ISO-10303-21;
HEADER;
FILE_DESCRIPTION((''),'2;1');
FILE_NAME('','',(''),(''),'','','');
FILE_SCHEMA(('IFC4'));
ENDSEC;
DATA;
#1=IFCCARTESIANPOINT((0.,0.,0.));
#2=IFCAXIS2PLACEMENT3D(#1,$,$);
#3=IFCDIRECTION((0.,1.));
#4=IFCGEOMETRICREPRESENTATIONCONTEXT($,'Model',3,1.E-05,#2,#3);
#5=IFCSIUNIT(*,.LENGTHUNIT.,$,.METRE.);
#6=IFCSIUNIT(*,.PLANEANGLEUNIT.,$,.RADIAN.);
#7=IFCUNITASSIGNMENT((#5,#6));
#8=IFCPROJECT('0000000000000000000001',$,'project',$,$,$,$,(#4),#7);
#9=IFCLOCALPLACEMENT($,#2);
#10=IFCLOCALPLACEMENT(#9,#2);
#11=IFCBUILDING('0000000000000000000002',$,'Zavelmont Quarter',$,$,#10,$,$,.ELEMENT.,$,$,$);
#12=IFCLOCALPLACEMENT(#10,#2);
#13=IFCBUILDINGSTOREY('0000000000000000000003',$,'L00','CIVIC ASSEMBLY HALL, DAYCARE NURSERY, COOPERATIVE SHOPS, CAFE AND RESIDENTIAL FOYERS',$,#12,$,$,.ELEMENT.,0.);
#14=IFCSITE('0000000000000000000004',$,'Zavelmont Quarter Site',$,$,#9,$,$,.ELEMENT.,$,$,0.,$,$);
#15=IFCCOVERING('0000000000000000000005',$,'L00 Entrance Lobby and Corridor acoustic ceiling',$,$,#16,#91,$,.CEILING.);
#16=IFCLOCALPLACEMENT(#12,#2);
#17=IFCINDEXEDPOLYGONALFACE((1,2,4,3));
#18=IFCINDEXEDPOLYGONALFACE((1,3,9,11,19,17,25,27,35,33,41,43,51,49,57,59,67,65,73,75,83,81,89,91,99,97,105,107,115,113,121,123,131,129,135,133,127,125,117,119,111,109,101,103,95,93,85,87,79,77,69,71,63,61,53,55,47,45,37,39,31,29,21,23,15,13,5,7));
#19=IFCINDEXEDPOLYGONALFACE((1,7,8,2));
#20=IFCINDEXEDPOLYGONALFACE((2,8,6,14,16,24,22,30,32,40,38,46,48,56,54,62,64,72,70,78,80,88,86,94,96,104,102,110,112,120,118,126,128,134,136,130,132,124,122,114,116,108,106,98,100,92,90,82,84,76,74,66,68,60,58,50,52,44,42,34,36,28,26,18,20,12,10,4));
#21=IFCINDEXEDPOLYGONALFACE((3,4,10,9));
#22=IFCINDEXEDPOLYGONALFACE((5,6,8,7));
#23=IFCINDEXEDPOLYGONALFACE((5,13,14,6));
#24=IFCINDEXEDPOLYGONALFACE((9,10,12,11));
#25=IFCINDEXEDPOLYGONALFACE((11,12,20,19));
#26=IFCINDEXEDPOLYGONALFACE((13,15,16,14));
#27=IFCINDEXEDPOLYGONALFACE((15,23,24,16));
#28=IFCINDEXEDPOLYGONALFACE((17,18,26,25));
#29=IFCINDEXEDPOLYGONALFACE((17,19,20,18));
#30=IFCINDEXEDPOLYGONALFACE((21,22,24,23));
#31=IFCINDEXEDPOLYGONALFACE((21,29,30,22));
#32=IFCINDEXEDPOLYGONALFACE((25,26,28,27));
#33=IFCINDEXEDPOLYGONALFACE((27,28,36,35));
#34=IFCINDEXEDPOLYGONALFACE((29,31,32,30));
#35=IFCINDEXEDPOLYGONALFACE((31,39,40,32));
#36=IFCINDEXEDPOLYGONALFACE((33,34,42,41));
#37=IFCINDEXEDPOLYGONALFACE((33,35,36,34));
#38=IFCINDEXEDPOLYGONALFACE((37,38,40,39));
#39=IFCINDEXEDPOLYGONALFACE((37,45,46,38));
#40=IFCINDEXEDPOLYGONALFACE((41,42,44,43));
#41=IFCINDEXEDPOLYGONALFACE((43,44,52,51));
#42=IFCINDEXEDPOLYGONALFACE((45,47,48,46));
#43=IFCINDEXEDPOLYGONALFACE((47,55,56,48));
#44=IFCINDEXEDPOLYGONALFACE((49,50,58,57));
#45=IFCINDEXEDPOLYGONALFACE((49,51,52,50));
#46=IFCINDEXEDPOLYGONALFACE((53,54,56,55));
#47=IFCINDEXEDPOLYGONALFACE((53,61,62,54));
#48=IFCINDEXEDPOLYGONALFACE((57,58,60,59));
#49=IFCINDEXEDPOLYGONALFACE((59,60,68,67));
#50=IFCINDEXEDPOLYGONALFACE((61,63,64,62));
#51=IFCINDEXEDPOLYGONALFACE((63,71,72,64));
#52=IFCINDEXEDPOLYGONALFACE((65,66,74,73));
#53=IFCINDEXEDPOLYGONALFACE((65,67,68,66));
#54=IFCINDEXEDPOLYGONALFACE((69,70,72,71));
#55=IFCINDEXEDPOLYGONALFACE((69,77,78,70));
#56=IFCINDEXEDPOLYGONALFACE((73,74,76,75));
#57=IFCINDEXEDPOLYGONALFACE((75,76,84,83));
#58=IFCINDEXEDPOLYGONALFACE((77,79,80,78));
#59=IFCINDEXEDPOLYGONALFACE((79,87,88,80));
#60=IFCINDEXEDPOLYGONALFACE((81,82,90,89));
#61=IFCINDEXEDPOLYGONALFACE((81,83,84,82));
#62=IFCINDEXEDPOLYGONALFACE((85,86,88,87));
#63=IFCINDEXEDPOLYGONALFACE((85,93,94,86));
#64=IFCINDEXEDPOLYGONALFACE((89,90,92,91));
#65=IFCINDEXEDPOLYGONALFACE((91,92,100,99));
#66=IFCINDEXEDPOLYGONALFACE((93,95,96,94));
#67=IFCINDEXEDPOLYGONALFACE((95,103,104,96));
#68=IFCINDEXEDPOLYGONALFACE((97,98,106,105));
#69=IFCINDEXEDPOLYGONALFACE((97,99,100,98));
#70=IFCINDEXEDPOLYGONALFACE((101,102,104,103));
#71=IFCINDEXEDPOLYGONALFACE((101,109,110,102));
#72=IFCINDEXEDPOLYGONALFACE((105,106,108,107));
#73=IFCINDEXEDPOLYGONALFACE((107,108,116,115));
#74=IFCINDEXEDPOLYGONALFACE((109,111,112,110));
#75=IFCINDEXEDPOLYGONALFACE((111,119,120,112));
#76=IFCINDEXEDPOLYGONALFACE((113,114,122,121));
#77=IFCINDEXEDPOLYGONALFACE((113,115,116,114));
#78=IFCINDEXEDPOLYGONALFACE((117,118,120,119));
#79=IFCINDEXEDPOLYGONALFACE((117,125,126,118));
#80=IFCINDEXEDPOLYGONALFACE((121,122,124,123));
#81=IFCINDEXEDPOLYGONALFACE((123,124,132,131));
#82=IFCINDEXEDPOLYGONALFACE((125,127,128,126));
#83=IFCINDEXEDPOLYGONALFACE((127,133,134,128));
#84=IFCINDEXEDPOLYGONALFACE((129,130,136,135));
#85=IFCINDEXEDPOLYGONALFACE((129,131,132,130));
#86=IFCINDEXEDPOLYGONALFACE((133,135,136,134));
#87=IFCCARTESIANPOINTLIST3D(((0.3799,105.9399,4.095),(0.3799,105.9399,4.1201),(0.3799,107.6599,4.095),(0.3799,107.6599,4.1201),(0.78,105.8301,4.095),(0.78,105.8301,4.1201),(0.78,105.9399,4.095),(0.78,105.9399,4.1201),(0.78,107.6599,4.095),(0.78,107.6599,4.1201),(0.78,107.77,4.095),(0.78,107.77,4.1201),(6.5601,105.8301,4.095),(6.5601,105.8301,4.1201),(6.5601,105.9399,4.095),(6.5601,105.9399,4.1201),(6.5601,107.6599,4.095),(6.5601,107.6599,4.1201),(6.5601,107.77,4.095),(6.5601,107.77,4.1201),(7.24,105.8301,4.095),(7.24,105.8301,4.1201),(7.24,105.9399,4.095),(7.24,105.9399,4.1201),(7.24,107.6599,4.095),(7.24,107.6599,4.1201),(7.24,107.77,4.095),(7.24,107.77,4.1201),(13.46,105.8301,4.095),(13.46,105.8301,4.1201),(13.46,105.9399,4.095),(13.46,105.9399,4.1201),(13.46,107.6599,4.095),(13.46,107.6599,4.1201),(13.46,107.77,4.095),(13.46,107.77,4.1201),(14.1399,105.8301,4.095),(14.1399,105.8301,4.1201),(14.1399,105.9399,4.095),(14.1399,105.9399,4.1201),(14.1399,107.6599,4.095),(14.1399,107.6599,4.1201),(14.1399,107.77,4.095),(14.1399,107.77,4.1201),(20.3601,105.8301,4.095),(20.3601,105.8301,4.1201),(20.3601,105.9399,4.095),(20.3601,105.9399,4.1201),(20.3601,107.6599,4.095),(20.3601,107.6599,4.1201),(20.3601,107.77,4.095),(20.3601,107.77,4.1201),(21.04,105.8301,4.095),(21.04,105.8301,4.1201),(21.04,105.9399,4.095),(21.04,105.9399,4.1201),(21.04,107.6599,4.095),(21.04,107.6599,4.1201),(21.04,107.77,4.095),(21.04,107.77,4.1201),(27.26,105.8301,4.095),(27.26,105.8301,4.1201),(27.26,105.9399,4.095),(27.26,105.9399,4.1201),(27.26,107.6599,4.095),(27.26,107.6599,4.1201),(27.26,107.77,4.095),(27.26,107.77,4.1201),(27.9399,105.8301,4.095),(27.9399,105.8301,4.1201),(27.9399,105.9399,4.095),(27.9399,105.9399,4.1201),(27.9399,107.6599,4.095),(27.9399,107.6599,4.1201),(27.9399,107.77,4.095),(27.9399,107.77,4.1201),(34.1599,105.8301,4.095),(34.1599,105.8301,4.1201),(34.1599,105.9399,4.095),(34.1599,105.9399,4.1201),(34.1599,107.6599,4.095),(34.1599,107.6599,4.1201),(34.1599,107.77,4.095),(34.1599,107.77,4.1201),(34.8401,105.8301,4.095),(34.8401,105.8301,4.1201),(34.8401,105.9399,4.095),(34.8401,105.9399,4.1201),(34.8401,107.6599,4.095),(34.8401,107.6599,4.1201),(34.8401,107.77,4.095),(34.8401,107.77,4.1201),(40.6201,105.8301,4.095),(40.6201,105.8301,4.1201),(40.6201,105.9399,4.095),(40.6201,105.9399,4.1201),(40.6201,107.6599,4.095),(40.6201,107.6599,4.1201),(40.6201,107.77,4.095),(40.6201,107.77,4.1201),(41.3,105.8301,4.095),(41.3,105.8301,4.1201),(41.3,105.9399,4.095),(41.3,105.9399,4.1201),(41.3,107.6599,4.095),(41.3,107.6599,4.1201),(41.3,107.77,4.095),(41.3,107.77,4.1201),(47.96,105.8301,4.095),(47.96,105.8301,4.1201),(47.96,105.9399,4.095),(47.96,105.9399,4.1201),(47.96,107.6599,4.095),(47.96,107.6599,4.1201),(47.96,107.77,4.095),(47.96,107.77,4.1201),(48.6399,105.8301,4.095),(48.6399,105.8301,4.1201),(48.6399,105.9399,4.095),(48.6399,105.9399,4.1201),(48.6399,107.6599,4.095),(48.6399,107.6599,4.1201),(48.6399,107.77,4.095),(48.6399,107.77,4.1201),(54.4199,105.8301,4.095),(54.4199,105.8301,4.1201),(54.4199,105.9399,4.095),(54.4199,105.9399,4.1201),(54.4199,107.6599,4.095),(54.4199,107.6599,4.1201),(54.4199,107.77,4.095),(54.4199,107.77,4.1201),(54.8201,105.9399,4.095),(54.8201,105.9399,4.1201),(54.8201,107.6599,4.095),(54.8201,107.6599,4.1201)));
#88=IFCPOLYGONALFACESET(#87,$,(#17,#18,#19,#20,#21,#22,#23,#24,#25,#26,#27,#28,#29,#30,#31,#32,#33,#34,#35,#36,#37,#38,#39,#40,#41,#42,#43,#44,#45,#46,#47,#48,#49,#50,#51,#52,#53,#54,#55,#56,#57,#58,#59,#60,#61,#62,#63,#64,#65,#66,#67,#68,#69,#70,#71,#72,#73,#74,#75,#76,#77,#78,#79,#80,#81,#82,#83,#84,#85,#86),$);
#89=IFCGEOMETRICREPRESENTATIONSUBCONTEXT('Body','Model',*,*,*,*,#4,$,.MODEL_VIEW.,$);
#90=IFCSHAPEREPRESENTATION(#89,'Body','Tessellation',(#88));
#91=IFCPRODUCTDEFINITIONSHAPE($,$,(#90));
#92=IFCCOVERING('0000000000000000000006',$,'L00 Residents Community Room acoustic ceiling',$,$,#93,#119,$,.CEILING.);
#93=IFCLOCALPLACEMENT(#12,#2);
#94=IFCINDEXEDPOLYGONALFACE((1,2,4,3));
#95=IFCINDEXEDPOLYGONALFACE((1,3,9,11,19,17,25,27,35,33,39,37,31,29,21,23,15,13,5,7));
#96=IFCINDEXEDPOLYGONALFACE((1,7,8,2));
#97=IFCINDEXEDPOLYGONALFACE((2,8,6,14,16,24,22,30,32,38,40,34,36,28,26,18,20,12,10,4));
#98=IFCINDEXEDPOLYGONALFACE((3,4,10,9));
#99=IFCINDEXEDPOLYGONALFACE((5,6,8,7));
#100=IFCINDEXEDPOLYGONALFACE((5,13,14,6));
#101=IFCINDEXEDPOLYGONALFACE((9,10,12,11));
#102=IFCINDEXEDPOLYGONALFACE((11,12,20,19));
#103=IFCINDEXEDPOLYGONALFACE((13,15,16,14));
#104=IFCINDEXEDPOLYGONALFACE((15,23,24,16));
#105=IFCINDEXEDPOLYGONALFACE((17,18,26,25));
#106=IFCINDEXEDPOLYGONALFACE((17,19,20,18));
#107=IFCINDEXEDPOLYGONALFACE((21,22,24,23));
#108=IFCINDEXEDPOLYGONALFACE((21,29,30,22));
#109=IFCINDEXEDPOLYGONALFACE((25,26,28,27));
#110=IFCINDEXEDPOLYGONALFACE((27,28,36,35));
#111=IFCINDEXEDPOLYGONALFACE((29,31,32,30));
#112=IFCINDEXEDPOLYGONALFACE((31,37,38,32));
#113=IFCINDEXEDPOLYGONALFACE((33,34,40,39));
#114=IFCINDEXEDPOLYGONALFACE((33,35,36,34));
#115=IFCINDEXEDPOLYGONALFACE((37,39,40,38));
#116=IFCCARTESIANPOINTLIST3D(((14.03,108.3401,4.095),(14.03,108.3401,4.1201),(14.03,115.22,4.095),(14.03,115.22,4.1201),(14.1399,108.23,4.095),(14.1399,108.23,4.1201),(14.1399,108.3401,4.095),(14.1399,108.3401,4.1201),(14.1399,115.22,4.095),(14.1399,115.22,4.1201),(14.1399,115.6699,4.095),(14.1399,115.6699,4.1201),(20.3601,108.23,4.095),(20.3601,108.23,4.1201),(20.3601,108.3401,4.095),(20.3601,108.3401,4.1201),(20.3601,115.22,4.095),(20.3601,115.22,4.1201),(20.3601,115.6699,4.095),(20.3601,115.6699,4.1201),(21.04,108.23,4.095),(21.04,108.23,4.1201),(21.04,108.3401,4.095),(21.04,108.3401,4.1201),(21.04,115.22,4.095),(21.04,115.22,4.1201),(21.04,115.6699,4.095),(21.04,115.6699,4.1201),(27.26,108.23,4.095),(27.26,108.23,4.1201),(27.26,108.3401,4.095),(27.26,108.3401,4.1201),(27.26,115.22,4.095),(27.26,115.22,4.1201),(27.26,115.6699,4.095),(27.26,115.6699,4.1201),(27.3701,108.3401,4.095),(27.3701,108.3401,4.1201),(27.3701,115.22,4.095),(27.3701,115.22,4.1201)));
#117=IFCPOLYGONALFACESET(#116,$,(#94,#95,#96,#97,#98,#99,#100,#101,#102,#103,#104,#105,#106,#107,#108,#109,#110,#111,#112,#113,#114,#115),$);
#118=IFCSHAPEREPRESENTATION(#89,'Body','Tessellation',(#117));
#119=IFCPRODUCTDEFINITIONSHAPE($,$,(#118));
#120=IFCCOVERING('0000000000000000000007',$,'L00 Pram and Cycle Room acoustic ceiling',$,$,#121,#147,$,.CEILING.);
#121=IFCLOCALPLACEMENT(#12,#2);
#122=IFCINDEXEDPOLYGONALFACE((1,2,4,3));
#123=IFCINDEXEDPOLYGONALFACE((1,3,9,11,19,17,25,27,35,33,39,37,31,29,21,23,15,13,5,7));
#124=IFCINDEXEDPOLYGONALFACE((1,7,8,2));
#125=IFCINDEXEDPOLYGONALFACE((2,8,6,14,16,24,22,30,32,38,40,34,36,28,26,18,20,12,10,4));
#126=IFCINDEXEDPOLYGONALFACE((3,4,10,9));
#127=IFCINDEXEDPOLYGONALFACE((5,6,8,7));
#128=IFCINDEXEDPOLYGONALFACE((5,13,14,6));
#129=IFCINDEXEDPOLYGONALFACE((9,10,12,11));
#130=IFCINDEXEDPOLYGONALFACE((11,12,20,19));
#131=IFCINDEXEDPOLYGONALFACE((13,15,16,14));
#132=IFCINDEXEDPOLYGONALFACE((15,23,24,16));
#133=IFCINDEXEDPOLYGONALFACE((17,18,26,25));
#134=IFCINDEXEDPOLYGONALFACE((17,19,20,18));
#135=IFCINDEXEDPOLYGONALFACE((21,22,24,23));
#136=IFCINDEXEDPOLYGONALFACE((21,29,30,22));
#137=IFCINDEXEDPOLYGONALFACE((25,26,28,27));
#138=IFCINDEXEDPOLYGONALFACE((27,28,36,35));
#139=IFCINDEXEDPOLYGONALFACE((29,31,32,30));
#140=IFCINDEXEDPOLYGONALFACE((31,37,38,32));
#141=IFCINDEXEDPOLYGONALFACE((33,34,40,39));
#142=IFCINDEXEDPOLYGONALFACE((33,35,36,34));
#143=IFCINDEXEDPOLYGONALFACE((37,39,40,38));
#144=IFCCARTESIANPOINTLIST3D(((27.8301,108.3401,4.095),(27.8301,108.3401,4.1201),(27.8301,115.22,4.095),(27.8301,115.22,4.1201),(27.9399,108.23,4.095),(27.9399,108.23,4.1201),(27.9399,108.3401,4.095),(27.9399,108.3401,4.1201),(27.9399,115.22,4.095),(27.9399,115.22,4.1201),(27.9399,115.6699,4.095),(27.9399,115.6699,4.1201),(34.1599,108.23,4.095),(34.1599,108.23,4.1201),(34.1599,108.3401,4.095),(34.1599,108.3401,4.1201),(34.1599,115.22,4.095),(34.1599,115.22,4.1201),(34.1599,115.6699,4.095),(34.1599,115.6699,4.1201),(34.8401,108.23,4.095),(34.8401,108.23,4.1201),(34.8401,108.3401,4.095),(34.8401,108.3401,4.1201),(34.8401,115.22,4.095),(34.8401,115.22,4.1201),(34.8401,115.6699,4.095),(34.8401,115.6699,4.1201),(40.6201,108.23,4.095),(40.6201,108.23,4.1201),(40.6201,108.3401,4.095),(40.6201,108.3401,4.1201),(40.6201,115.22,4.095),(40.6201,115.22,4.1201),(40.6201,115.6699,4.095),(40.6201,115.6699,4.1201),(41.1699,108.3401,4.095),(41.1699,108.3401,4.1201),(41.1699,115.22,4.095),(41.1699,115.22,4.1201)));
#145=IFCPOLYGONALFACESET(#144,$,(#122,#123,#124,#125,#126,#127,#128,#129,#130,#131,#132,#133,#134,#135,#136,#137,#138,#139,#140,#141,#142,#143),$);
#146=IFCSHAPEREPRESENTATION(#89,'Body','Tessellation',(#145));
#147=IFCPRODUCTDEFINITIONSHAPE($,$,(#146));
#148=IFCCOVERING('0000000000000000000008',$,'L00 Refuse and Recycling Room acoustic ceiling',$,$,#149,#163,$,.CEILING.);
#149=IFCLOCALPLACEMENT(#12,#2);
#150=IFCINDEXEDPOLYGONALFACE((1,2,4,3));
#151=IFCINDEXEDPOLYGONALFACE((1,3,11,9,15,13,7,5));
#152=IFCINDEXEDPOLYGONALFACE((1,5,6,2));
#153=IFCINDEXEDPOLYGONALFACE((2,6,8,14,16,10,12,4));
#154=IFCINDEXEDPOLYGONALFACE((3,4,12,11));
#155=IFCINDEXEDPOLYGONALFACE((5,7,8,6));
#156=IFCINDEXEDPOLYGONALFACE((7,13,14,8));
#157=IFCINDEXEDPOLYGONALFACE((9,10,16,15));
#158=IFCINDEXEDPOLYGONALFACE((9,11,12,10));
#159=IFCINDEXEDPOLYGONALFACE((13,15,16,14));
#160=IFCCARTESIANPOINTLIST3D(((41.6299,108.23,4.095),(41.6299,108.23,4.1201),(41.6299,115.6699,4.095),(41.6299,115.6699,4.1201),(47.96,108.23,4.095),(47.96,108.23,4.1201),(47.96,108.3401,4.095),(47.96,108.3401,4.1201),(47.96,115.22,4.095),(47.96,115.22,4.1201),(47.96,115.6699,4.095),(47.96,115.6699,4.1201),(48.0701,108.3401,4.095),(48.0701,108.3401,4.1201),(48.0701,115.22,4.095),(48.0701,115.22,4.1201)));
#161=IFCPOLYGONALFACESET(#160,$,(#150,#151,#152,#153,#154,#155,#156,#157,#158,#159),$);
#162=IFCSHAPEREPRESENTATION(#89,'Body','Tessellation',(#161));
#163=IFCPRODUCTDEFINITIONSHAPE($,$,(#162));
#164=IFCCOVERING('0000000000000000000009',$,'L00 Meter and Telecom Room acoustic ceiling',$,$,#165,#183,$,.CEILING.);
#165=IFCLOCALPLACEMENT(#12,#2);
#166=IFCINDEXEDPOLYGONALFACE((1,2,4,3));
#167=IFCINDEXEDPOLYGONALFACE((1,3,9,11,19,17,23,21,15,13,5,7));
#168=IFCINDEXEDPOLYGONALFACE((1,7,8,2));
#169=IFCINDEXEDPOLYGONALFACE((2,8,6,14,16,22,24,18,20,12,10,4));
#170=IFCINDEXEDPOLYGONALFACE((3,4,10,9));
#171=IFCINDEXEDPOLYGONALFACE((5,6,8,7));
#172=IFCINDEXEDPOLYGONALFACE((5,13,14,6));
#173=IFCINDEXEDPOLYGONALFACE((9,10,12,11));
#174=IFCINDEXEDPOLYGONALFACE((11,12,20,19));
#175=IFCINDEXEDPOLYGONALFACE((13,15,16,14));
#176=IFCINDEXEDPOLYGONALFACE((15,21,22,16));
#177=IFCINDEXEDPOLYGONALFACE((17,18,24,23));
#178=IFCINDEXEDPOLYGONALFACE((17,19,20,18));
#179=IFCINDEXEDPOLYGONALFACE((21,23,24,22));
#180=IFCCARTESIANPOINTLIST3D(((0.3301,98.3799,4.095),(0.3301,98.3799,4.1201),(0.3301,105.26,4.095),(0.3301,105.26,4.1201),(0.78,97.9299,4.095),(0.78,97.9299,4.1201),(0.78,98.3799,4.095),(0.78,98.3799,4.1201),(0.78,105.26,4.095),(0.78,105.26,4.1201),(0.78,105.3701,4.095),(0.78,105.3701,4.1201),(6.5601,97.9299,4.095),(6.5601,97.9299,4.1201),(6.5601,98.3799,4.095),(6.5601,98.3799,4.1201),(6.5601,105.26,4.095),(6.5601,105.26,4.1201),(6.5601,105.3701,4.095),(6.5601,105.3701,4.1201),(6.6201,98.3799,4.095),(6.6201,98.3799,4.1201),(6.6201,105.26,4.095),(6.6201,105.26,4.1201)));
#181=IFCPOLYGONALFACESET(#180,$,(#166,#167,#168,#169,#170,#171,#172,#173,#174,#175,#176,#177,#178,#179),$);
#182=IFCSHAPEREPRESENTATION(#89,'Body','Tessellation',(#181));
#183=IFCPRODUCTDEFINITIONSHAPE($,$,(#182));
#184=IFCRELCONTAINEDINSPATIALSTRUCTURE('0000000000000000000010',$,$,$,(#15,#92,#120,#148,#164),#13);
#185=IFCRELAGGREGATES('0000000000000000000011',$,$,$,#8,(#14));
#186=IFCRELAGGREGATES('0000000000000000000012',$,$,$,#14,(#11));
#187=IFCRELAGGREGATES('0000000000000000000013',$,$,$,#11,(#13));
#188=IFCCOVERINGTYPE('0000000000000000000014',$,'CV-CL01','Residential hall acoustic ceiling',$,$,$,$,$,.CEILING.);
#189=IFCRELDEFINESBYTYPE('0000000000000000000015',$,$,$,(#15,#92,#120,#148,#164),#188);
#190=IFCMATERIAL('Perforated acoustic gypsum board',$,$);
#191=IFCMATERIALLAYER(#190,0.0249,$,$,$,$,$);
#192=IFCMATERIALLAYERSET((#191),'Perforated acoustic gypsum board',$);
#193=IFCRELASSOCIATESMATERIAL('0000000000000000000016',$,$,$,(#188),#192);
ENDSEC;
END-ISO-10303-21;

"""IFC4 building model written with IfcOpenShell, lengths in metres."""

from ifc_helpers import new_model, si_unit, direction, frame, origin, place, context, subcontext, project, spatial, polyline, outline, extrude, material, layer, layer_set, type_object, element, save


model = new_model("IFC4")

# Units and contexts
model_context = context("Model", 3, precision=1e-05, world=origin(), true_north=direction((0.0, 1.0)))
body_context = subcontext(model_context, "Body", "Model", "MODEL_VIEW")
ifc_project = project(units=[si_unit("LENGTHUNIT", "METRE"), si_unit("PLANEANGLEUNIT", "RADIAN")], contexts=[model_context])

# Site, building, storey
site_placement = place(None, origin())
site = spatial("IfcSite", under=ifc_project, at=site_placement, Name="Zavelmont Quarter Site", CompositionType="ELEMENT", RefElevation=0.0)
building_placement = place(site_placement, origin())
building = spatial("IfcBuilding", under=site, at=building_placement, Name="Zavelmont Quarter", CompositionType="ELEMENT")
storey_placement = place(building_placement, origin())
storey = spatial("IfcBuildingStorey", under=building, at=storey_placement, Name="L00", Description="CIVIC ASSEMBLY HALL, DAYCARE NURSERY, COOPERATIVE SHOPS, CAFE AND RESIDENTIAL FOYERS", CompositionType="ELEMENT", Elevation=0.0)

# Coverings
ifc_material_1 = material(Name="Perforated acoustic gypsum board")
ifc_layer_1 = layer(ifc_material_1, 0.0249)
ifc_layer_set_1 = layer_set([ifc_layer_1], Name="Perforated acoustic gypsum board")
covering_type_1 = type_object("IfcCoveringType", Name="CV-CL01", Description="Residential hall acoustic ceiling", PredefinedType="CEILING", material=ifc_layer_set_1)
covering_1_placement = place(storey_placement, frame((0.0, 0.0, 4.095)))
element("IfcCovering", 1, at=covering_1_placement, inside=storey, type_object=covering_type_1, Name="L00 Entrance Lobby and Corridor acoustic ceiling", PredefinedType="CEILING", context=body_context, shape_type="SweptSolid", body=[
    extrude(outline(polyline([(0.3799, 107.6599), (0.78, 107.6599), (0.78, 107.77), (6.5601, 107.77), (6.5601, 107.6599), (7.24, 107.6599), (7.24, 107.77), (13.46, 107.77), (13.46, 107.6599), (14.1399, 107.6599), (14.1399, 107.77), (20.3601, 107.77), (20.3601, 107.6599), (21.04, 107.6599), (21.04, 107.77), (27.26, 107.77), (27.26, 107.6599), (27.9399, 107.6599), (27.9399, 107.77), (34.1599, 107.77), (34.1599, 107.6599), (34.8401, 107.6599), (34.8401, 107.77), (40.6201, 107.77), (40.6201, 107.6599), (41.3, 107.6599), (41.3, 107.77), (47.96, 107.77), (47.96, 107.6599), (48.6399, 107.6599), (48.6399, 107.77), (54.4199, 107.77), (54.4199, 107.6599), (54.8201, 107.6599), (54.8201, 105.9399), (54.4199, 105.9399), (54.4199, 105.8301), (48.6399, 105.8301), (48.6399, 105.9399), (47.96, 105.9399), (47.96, 105.8301), (41.3, 105.8301), (41.3, 105.9399), (40.6201, 105.9399), (40.6201, 105.8301), (34.8401, 105.8301), (34.8401, 105.9399), (34.1599, 105.9399), (34.1599, 105.8301), (27.9399, 105.8301), (27.9399, 105.9399), (27.26, 105.9399), (27.26, 105.8301), (21.04, 105.8301), (21.04, 105.9399), (20.3601, 105.9399), (20.3601, 105.8301), (14.1399, 105.8301), (14.1399, 105.9399), (13.46, 105.9399), (13.46, 105.8301), (7.24, 105.8301), (7.24, 105.9399), (6.5601, 105.9399), (6.5601, 105.8301), (0.78, 105.8301), (0.78, 105.9399), (0.3799, 105.9399), (0.3799, 107.6599)])), origin(), (0.0, 0.0, 1.0), 0.0251),
])
covering_2_placement = place(storey_placement, frame((0.0, 0.0, 4.095)))
element("IfcCovering", 2, at=covering_2_placement, inside=storey, type_object=covering_type_1, Name="L00 Residents Community Room acoustic ceiling", PredefinedType="CEILING", context=body_context, shape_type="SweptSolid", body=[
    extrude(outline(polyline([(14.03, 115.22), (14.1399, 115.22), (14.1399, 115.6699), (20.3601, 115.6699), (20.3601, 115.22), (21.04, 115.22), (21.04, 115.6699), (27.26, 115.6699), (27.26, 115.22), (27.3701, 115.22), (27.3701, 108.3401), (27.26, 108.3401), (27.26, 108.23), (21.04, 108.23), (21.04, 108.3401), (20.3601, 108.3401), (20.3601, 108.23), (14.1399, 108.23), (14.1399, 108.3401), (14.03, 108.3401), (14.03, 115.22)])), origin(), (0.0, 0.0, 1.0), 0.0251),
])
covering_3_placement = place(storey_placement, frame((0.0, 0.0, 4.095)))
element("IfcCovering", 3, at=covering_3_placement, inside=storey, type_object=covering_type_1, Name="L00 Pram and Cycle Room acoustic ceiling", PredefinedType="CEILING", context=body_context, shape_type="SweptSolid", body=[
    extrude(outline(polyline([(27.8301, 115.22), (27.9399, 115.22), (27.9399, 115.6699), (34.1599, 115.6699), (34.1599, 115.22), (34.8401, 115.22), (34.8401, 115.6699), (40.6201, 115.6699), (40.6201, 115.22), (41.1699, 115.22), (41.1699, 108.3401), (40.6201, 108.3401), (40.6201, 108.23), (34.8401, 108.23), (34.8401, 108.3401), (34.1599, 108.3401), (34.1599, 108.23), (27.9399, 108.23), (27.9399, 108.3401), (27.8301, 108.3401), (27.8301, 115.22)])), origin(), (0.0, 0.0, 1.0), 0.0251),
])
covering_4_placement = place(storey_placement, frame((0.0, 0.0, 4.095)))
element("IfcCovering", 4, at=covering_4_placement, inside=storey, type_object=covering_type_1, Name="L00 Refuse and Recycling Room acoustic ceiling", PredefinedType="CEILING", context=body_context, shape_type="SweptSolid", body=[
    extrude(outline(polyline([(41.6299, 115.6699), (47.96, 115.6699), (47.96, 115.22), (48.0701, 115.22), (48.0701, 108.3401), (47.96, 108.3401), (47.96, 108.23), (41.6299, 108.23), (41.6299, 115.6699)])), origin(), (0.0, 0.0, 1.0), 0.0251),
])
covering_5_placement = place(storey_placement, frame((0.0, 0.0, 4.095)))
element("IfcCovering", 5, at=covering_5_placement, inside=storey, type_object=covering_type_1, Name="L00 Meter and Telecom Room acoustic ceiling", PredefinedType="CEILING", context=body_context, shape_type="SweptSolid", body=[
    extrude(outline(polyline([(0.3301, 105.26), (0.78, 105.26), (0.78, 105.3701), (6.5601, 105.3701), (6.5601, 105.26), (6.6201, 105.26), (6.6201, 98.3799), (6.5601, 98.3799), (6.5601, 97.9299), (0.78, 97.9299), (0.78, 98.3799), (0.3301, 98.3799), (0.3301, 105.26)])), origin(), (0.0, 0.0, 1.0), 0.0251),
])

save(model, "model.ifc")
